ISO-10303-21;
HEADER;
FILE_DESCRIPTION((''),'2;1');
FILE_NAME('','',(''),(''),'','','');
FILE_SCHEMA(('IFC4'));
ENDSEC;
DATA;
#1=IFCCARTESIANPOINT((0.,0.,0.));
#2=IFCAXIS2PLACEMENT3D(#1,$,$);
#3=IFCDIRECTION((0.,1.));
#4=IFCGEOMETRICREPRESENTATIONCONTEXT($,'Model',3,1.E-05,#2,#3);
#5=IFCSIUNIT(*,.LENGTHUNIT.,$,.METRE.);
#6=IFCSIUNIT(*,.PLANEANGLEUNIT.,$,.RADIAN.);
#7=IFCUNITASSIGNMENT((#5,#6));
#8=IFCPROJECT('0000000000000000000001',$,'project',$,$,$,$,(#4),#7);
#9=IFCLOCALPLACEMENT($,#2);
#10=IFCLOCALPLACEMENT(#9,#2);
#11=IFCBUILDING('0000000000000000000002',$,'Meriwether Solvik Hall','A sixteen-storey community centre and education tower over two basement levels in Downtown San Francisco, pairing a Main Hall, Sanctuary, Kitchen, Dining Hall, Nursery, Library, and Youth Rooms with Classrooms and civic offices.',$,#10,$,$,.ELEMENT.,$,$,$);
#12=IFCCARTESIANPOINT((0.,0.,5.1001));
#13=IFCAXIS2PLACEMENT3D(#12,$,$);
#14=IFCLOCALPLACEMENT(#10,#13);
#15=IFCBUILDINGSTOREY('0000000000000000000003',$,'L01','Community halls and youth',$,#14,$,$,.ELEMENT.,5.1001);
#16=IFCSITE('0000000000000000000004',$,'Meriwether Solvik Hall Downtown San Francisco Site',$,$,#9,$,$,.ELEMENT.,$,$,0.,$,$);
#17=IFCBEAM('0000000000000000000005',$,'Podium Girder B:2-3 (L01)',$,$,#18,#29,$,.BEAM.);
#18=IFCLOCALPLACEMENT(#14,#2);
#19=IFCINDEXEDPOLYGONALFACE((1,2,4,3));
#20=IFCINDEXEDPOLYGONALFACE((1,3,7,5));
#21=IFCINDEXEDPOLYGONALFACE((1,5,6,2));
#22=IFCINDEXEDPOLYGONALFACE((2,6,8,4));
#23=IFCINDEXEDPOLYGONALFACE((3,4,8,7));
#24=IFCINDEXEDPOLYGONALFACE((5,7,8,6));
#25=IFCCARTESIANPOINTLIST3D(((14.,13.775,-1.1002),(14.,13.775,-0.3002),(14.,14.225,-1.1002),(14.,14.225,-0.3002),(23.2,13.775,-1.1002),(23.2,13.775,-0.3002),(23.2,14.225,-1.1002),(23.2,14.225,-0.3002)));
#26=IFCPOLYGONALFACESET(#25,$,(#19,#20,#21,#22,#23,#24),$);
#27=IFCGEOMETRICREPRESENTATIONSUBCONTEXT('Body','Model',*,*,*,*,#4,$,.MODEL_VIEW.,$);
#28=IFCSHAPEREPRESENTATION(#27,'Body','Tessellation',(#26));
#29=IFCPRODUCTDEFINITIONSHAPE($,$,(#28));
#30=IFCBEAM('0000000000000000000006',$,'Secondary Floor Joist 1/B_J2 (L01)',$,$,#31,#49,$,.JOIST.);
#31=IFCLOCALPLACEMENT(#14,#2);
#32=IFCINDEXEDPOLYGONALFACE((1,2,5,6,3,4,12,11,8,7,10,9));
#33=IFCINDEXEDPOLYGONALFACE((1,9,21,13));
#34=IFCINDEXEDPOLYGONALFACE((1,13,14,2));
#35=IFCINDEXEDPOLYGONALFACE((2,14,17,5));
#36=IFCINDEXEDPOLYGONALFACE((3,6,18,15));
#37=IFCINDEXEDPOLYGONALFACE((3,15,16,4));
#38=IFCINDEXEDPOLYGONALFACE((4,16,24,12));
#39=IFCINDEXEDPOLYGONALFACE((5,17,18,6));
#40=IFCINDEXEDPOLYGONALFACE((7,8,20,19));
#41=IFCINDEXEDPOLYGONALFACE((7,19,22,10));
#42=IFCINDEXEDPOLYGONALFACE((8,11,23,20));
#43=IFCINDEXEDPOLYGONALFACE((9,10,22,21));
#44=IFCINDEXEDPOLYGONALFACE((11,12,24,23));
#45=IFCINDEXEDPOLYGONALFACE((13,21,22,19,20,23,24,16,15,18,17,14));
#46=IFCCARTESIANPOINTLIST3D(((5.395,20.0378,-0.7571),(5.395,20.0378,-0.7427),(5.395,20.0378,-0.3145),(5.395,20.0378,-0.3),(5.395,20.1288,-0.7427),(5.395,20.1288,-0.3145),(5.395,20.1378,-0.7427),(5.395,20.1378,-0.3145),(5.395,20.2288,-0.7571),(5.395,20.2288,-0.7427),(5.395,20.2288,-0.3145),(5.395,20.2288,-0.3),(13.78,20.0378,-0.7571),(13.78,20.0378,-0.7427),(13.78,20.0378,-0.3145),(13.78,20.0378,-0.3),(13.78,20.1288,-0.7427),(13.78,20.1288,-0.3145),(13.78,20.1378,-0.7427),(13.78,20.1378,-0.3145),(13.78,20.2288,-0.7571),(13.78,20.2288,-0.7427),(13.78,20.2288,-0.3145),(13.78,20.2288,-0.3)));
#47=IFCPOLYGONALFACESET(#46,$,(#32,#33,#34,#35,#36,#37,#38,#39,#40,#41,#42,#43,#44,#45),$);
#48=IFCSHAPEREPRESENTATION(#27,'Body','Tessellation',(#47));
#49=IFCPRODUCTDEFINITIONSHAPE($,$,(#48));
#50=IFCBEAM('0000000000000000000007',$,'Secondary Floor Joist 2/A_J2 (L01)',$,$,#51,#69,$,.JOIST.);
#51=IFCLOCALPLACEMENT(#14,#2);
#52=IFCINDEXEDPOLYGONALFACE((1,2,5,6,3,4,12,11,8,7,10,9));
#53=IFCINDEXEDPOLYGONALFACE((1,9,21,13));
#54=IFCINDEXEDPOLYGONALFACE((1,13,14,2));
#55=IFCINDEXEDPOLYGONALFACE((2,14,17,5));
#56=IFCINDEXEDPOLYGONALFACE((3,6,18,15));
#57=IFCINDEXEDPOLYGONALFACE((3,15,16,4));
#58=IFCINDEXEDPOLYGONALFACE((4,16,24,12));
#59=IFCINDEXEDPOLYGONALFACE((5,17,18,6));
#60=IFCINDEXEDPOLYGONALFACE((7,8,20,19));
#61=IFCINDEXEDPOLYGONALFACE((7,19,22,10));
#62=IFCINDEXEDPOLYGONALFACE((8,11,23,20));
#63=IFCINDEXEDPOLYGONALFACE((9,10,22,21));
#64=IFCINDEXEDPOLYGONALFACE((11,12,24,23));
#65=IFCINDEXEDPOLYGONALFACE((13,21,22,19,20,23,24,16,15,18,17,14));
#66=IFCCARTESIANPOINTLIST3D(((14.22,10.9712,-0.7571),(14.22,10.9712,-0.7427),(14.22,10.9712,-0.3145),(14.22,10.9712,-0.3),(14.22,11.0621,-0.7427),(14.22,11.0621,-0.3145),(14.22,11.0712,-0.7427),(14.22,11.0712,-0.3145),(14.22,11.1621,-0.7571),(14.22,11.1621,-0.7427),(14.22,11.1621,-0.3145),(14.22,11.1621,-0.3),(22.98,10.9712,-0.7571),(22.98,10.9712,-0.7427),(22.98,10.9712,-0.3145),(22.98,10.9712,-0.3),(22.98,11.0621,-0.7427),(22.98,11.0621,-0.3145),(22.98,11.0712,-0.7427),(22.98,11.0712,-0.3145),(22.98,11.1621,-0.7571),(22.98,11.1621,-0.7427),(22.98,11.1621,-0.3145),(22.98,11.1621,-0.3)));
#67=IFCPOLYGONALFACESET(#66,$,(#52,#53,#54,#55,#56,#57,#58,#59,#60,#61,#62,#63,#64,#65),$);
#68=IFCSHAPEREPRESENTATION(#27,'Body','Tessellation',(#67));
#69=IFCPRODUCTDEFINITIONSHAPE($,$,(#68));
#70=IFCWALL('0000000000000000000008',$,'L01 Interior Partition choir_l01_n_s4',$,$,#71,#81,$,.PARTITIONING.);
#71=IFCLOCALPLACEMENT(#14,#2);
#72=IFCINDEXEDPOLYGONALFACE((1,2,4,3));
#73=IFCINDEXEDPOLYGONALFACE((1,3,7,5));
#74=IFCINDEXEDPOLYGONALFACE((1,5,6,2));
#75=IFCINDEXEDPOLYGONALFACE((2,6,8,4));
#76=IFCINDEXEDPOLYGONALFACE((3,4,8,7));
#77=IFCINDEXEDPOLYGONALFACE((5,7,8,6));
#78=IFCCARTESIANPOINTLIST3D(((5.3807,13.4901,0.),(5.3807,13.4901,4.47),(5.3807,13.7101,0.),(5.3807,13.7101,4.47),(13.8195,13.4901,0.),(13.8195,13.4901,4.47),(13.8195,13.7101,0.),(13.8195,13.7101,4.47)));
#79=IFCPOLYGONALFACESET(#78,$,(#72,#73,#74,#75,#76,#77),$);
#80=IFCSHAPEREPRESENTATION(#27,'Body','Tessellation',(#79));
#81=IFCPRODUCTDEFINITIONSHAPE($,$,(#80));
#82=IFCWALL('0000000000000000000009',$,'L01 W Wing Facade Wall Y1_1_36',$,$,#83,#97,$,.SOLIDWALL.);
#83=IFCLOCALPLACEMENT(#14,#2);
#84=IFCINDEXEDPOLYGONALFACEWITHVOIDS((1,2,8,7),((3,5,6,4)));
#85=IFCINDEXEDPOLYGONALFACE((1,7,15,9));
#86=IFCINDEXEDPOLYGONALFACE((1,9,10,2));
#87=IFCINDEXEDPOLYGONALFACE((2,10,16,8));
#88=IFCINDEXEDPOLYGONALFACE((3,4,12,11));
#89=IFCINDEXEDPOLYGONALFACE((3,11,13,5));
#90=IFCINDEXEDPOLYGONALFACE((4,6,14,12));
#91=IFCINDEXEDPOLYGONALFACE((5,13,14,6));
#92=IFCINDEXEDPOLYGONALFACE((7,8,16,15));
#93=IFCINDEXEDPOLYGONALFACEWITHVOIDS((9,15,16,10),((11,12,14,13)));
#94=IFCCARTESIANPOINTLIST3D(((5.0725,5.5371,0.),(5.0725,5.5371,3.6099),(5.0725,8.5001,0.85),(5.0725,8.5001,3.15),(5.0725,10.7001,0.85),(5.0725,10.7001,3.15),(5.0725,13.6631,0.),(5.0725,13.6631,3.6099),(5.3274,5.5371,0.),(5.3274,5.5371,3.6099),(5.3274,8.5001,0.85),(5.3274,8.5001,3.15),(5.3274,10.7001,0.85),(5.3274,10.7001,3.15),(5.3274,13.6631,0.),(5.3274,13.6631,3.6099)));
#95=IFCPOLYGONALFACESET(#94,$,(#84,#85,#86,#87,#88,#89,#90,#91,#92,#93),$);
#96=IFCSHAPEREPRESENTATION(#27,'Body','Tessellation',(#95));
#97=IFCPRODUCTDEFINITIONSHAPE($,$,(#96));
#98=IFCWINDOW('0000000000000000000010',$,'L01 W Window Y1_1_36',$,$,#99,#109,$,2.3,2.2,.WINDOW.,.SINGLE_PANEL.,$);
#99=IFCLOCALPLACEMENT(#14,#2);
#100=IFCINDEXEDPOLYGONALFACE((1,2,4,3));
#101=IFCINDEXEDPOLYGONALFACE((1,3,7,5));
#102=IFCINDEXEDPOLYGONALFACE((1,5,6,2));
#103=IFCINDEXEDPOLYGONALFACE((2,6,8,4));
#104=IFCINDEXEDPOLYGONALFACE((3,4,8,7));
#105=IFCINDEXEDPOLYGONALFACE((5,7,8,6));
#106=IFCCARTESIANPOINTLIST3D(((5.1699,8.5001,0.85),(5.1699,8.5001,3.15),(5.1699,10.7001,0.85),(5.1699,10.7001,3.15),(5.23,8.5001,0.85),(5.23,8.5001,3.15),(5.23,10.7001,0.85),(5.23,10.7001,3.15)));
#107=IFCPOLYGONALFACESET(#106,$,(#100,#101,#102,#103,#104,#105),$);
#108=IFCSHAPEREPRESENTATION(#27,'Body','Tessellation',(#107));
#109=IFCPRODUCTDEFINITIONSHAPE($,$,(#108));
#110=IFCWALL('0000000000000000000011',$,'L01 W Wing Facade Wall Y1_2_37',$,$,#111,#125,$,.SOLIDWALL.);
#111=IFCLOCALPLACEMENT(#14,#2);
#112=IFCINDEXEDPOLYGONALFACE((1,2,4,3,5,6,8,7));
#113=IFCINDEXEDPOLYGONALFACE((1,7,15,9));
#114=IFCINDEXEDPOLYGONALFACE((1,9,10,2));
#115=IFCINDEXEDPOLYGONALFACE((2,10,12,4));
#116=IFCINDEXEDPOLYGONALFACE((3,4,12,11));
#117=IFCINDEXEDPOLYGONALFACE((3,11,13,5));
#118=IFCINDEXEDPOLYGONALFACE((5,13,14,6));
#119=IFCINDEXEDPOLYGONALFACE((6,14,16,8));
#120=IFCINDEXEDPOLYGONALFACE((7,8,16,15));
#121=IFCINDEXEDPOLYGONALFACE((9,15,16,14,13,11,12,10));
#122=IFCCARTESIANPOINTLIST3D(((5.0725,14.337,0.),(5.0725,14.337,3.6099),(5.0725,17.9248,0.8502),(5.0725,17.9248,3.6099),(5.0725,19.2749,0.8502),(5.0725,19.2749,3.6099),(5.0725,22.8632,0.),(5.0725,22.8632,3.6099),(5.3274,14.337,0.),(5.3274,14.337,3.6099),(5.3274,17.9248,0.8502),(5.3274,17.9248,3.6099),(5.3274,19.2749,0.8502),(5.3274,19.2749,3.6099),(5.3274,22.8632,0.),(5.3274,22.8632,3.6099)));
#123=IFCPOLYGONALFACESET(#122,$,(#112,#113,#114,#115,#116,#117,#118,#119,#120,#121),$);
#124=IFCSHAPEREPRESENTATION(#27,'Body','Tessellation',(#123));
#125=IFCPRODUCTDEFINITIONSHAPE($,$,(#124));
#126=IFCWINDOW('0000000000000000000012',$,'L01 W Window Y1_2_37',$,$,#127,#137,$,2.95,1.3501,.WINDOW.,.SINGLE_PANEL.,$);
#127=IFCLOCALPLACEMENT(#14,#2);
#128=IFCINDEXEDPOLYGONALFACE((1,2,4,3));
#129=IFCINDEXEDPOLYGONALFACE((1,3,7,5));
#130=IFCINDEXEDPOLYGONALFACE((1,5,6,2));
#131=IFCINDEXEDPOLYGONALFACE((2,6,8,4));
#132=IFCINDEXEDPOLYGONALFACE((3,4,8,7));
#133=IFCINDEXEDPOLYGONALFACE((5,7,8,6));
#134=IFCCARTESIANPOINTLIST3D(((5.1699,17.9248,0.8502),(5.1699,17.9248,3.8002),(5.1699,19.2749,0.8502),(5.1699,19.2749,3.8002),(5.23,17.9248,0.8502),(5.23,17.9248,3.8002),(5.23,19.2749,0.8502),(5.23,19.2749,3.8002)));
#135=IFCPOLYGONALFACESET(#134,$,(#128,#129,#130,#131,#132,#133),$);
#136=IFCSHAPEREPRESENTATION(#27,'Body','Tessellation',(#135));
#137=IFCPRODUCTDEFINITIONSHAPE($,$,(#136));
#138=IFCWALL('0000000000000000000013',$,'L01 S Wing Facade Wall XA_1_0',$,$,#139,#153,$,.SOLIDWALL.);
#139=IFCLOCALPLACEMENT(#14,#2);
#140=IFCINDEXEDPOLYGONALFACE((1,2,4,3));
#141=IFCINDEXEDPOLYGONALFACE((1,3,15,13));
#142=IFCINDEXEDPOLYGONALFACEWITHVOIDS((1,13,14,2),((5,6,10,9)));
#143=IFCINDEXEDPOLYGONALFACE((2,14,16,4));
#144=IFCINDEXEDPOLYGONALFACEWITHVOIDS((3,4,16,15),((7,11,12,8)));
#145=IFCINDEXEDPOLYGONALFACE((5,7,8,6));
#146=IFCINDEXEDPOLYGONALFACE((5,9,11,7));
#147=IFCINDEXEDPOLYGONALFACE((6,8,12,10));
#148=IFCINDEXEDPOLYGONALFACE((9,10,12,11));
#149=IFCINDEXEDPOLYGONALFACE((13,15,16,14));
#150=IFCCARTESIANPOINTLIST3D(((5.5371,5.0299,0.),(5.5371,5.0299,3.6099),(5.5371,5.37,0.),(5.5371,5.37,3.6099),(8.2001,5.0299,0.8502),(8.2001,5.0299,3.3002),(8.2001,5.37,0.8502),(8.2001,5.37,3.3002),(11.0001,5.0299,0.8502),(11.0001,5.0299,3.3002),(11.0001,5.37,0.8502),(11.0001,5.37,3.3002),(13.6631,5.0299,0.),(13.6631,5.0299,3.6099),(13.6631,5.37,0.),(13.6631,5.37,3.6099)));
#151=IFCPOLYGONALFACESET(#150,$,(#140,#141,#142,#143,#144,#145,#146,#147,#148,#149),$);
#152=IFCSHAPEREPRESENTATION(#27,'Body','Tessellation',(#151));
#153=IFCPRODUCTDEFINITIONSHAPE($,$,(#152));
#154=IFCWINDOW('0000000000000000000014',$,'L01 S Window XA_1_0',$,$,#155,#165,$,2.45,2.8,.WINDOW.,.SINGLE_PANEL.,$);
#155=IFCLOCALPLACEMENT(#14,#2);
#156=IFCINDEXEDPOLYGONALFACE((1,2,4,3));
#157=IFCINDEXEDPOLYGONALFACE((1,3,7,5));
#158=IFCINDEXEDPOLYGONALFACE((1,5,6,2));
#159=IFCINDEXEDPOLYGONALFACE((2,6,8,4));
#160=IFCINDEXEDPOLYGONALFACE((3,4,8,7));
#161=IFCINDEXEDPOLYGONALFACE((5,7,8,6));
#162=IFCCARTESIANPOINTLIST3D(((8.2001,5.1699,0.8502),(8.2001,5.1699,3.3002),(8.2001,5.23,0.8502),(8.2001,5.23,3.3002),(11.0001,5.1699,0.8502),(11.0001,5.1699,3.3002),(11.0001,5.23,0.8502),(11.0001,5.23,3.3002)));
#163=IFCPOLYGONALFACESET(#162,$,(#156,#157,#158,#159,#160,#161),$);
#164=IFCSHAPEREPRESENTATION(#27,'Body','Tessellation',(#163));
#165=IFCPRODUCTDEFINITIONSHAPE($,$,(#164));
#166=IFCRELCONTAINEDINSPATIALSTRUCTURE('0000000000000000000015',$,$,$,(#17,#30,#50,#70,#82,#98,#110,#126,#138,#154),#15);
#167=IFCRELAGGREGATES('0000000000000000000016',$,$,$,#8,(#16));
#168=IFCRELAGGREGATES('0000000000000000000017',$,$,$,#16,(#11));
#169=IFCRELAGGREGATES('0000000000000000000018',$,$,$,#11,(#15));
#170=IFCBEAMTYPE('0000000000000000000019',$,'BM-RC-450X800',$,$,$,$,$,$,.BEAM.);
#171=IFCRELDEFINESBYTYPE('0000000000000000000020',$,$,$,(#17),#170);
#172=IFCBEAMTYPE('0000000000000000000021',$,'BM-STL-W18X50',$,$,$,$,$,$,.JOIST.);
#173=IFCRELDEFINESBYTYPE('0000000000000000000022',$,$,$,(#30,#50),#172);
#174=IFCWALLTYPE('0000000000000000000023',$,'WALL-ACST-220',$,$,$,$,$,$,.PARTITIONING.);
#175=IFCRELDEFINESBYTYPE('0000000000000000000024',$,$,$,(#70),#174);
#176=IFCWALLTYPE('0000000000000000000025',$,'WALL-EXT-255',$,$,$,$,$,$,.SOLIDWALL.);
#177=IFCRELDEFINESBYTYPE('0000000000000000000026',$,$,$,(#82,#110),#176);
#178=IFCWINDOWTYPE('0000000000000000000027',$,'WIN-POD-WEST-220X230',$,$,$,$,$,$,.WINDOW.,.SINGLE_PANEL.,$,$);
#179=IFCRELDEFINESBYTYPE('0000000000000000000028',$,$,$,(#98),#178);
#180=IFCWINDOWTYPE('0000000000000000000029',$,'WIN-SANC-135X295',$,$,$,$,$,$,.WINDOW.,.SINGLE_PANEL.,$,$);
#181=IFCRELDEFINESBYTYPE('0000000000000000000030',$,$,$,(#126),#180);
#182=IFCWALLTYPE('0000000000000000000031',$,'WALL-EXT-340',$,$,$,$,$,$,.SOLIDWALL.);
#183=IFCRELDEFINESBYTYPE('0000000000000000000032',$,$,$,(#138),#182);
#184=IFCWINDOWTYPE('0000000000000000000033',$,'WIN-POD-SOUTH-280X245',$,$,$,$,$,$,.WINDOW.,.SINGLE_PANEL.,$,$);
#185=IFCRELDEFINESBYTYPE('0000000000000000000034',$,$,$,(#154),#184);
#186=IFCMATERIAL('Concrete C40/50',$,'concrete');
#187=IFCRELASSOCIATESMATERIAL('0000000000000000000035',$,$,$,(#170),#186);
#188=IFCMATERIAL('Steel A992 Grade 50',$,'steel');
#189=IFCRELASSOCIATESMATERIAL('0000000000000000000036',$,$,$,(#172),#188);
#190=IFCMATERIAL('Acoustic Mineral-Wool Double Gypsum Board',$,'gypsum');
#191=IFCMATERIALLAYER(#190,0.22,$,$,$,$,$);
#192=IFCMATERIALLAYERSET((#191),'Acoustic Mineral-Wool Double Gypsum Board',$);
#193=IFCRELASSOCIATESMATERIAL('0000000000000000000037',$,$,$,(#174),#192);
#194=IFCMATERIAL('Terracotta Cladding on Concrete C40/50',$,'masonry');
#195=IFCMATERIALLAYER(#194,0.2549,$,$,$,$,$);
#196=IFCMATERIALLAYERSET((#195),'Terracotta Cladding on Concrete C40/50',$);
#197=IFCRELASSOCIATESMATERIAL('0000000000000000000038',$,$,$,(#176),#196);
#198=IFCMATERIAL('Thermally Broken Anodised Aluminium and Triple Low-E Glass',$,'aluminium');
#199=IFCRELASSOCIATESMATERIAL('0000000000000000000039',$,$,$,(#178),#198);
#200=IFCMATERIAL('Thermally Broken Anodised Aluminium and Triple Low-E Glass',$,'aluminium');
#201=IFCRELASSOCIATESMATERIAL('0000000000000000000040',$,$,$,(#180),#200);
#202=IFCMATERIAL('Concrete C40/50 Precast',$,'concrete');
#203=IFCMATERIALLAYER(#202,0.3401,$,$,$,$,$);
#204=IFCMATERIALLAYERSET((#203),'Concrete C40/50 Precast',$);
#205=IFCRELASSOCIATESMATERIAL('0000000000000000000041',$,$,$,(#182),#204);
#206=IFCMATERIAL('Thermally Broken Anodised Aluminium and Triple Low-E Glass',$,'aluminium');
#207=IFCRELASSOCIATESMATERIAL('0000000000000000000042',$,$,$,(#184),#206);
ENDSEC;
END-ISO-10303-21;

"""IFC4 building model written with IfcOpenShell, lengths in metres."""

from ifc_helpers import new_model, si_unit, direction, frame, frame_2d, origin, origin_2d, place, context, subcontext, project, spatial, rectangle, i_section, extrude, material, layer, layer_set, material_profile, profile_set, type_object, element, fill, save


model = new_model("IFC4")

# Units and contexts
model_context = context("Model", 3, precision=1e-05, world=origin(), true_north=direction((0.0, 1.0)))
body_context = subcontext(model_context, "Body", "Model", "MODEL_VIEW")
ifc_project = project(units=[si_unit("LENGTHUNIT", "METRE"), si_unit("PLANEANGLEUNIT", "RADIAN")], contexts=[model_context])

# Site, building, storey
site_placement = place(None, origin())
site = spatial("IfcSite", under=ifc_project, at=site_placement, Name="Meriwether Solvik Hall Downtown San Francisco Site", CompositionType="ELEMENT", RefElevation=0.0)
building_placement = place(site_placement, origin())
building = spatial("IfcBuilding", under=site, at=building_placement, Name="Meriwether Solvik Hall", Description="A sixteen-storey community centre and education tower over two basement levels in Downtown San Francisco, pairing a Main Hall, Sanctuary, Kitchen, Dining Hall, Nursery, Library, and Youth Rooms with Classrooms and civic offices.", CompositionType="ELEMENT")
storey_placement = place(building_placement, frame((0.0, 0.0, 5.1001)))
storey = spatial("IfcBuildingStorey", under=building, at=storey_placement, Name="L01", Description="Community halls and youth", CompositionType="ELEMENT", Elevation=5.1001)

# Beams
ifc_material_1 = material(Name="Concrete C40/50", Category="concrete")
ifc_material_profile_1 = material_profile(ifc_material_1, rectangle(XDim=0.45, YDim=0.8, at=origin_2d()), Name="RCB-450X800")
ifc_profile_set_1 = profile_set([ifc_material_profile_1], Name="Concrete C40/50")
beam_type_1 = type_object("IfcBeamType", Name="BM-RC-450X800", PredefinedType="BEAM", material=ifc_profile_set_1)
beam_1_placement = place(storey_placement, frame((14.0, 14.0, -0.7002), z_axis=(1.0, 0.0, 0.0), x_axis=(0.0, 1.0, 0.0)))
element("IfcBeam", 1, at=beam_1_placement, inside=storey, type_object=beam_type_1, Name="Podium Girder B:2-3 (L01)", PredefinedType="BEAM", context=body_context, shape_type="SweptSolid", body=[
    extrude(rectangle(XDim=0.45, YDim=0.8, at=origin_2d()), origin(), (0.0, 0.0, 1.0), 9.2),
])
ifc_material_2 = material(Name="Steel A992 Grade 50", Category="steel")
ifc_material_profile_2 = material_profile(ifc_material_2, i_section(OverallWidth=0.1909, OverallDepth=0.457, WebThickness=0.009, FlangeThickness=0.0144, at=origin_2d()), Name="W18X50")
ifc_profile_set_2 = profile_set([ifc_material_profile_2], Name="Steel A992 Grade 50")
beam_type_2 = type_object("IfcBeamType", Name="BM-STL-W18X50", PredefinedType="JOIST", material=ifc_profile_set_2)
beam_2_placement = place(storey_placement, frame((5.395, 20.1333, -0.5286), z_axis=(1.0, 0.0, 0.0), x_axis=(0.0, 1.0, 0.0)))
element("IfcBeam", 2, at=beam_2_placement, inside=storey, type_object=beam_type_2, Name="Secondary Floor Joist 1/B_J2 (L01)", PredefinedType="JOIST", context=body_context, shape_type="SweptSolid", body=[
    extrude(i_section(OverallWidth=0.1909, OverallDepth=0.457, WebThickness=0.009, FlangeThickness=0.0144, at=origin_2d()), origin(), (0.0, 0.0, 1.0), 8.385),
])
beam_3_placement = place(storey_placement, frame((14.22, 11.0667, -0.5286), z_axis=(1.0, 0.0, 0.0), x_axis=(0.0, 1.0, 0.0)))
element("IfcBeam", 3, at=beam_3_placement, inside=storey, type_object=beam_type_2, Name="Secondary Floor Joist 2/A_J2 (L01)", PredefinedType="JOIST", context=body_context, shape_type="SweptSolid", body=[
    extrude(i_section(OverallWidth=0.1909, OverallDepth=0.457, WebThickness=0.009, FlangeThickness=0.0144, at=origin_2d()), origin(), (0.0, 0.0, 1.0), 8.76),
])

# Wall
ifc_material_3 = material(Name="Acoustic Mineral-Wool Double Gypsum Board", Category="gypsum")
ifc_layer_1 = layer(ifc_material_3, 0.22)
ifc_layer_set_1 = layer_set([ifc_layer_1], Name="Acoustic Mineral-Wool Double Gypsum Board")
wall_type_1 = type_object("IfcWallType", Name="WALL-ACST-220", PredefinedType="PARTITIONING", material=ifc_layer_set_1)
wall_1_placement = place(storey_placement, frame((13.8193, 13.6001, 0.0), z_axis=(0.0, 0.0, 1.0), x_axis=(-1.0, 0.0, 0.0)))
element("IfcWall", 4, at=wall_1_placement, inside=storey, type_object=wall_type_1, Name="L01 Interior Partition choir_l01_n_s4", PredefinedType="PARTITIONING", context=body_context, shape_type="SweptSolid", body=[
    extrude(rectangle(XDim=8.4387, YDim=0.22, at=frame_2d((4.2192, 0.0))), origin(), (0.0, 0.0, 1.0), 4.47),
])

# Walls, openings, windows
ifc_material_4 = material(Name="Terracotta Cladding on Concrete C40/50", Category="masonry")
ifc_layer_2 = layer(ifc_material_4, 0.2549)
ifc_layer_set_2 = layer_set([ifc_layer_2], Name="Terracotta Cladding on Concrete C40/50")
wall_type_2 = type_object("IfcWallType", Name="WALL-EXT-255", PredefinedType="SOLIDWALL", material=ifc_layer_set_2)
wall_2_placement = place(storey_placement, frame((5.2, 5.5371, 0.0), z_axis=(0.0, 0.0, 1.0), x_axis=(0.0, 1.0, 0.0)))
wall_2 = element("IfcWall", 5, at=wall_2_placement, inside=storey, type_object=wall_type_2, Name="L01 W Wing Facade Wall Y1_1_36", PredefinedType="SOLIDWALL", context=body_context, shape_type="SweptSolid", body=[
    extrude(rectangle(XDim=8.126, YDim=0.2549, at=frame_2d((4.063, 0.0))), origin(), (0.0, 0.0, 1.0), 3.6099),
])
opening_1_placement = place(wall_2_placement, frame((2.9629, 0.0, 0.8501)))
opening_1 = element("IfcOpeningElement", 6, at=opening_1_placement, cuts=wall_2, PredefinedType="OPENING", context=body_context, shape_type="SweptSolid", body=[
    extrude(rectangle(XDim=2.2, YDim=2.3, at=frame_2d((1.1001, 1.1499))), frame((0.0, 0.1394, 0.0), z_axis=(0.0, -1.0, 0.0), x_axis=(1.0, 0.0, 0.0)), (0.0, 0.0, 1.0), 0.2788),
])
ifc_material_5 = material(Name="Thermally Broken Anodised Aluminium and Triple Low-E Glass", Category="aluminium")
window_type_1 = type_object("IfcWindowType", Name="WIN-POD-WEST-220X230", PartitioningType="SINGLE_PANEL", PredefinedType="WINDOW", material=ifc_material_5)
window_1_placement = place(opening_1_placement, origin())
window_1 = element("IfcWindow", 7, at=window_1_placement, inside=storey, type_object=window_type_1, Name="L01 W Window Y1_1_36", OverallHeight=2.3, OverallWidth=2.2, PartitioningType="SINGLE_PANEL", PredefinedType="WINDOW", context=body_context, shape_type="SweptSolid", body=[
    extrude(rectangle(XDim=2.2, YDim=2.3, at=frame_2d((1.1001, 1.1499))), frame((0.0, 0.03, 0.0), z_axis=(0.0, -1.0, 0.0), x_axis=(1.0, 0.0, 0.0)), (0.0, 0.0, 1.0), 0.0601),
])
fill(opening_1, window_1)
wall_3_placement = place(storey_placement, frame((5.2, 14.3369, 0.0), z_axis=(0.0, 0.0, 1.0), x_axis=(0.0, 1.0, 0.0)))
wall_3 = element("IfcWall", 8, at=wall_3_placement, inside=storey, type_object=wall_type_2, Name="L01 W Wing Facade Wall Y1_2_37", PredefinedType="SOLIDWALL", context=body_context, shape_type="SweptSolid", body=[
    extrude(rectangle(XDim=8.5261, YDim=0.2549, at=frame_2d((4.2632, 0.0))), origin(), (0.0, 0.0, 1.0), 3.6099),
])
opening_2_placement = place(wall_3_placement, frame((3.5879, 0.0, 0.8501)))
opening_2 = element("IfcOpeningElement", 9, at=opening_2_placement, cuts=wall_3, PredefinedType="OPENING", context=body_context, shape_type="SweptSolid", body=[
    extrude(rectangle(XDim=1.3501, YDim=2.95, at=frame_2d((0.675, 1.4751))), frame((0.0, 0.1394, 0.0), z_axis=(0.0, -1.0, 0.0), x_axis=(1.0, 0.0, 0.0)), (0.0, 0.0, 1.0), 0.2788),
])
ifc_material_6 = material(Name="Thermally Broken Anodised Aluminium and Triple Low-E Glass", Category="aluminium")
window_type_2 = type_object("IfcWindowType", Name="WIN-SANC-135X295", PartitioningType="SINGLE_PANEL", PredefinedType="WINDOW", material=ifc_material_6)
window_2_placement = place(opening_2_placement, origin())
window_2 = element("IfcWindow", 10, at=window_2_placement, inside=storey, type_object=window_type_2, Name="L01 W Window Y1_2_37", OverallHeight=2.95, OverallWidth=1.3501, PartitioningType="SINGLE_PANEL", PredefinedType="WINDOW", context=body_context, shape_type="SweptSolid", body=[
    extrude(rectangle(XDim=1.3501, YDim=2.95, at=frame_2d((0.675, 1.4751))), frame((0.0, 0.03, 0.0), z_axis=(0.0, -1.0, 0.0), x_axis=(1.0, 0.0, 0.0)), (0.0, 0.0, 1.0), 0.0601),
])
fill(opening_2, window_2)
ifc_material_7 = material(Name="Concrete C40/50 Precast", Category="concrete")
ifc_layer_3 = layer(ifc_material_7, 0.3401)
ifc_layer_set_3 = layer_set([ifc_layer_3], Name="Concrete C40/50 Precast")
wall_type_3 = type_object("IfcWallType", Name="WALL-EXT-340", PredefinedType="SOLIDWALL", material=ifc_layer_set_3)
wall_4_placement = place(storey_placement, frame((13.6631, 5.2, 0.0), z_axis=(0.0, 0.0, 1.0), x_axis=(-1.0, 0.0, 0.0)))
wall_4 = element("IfcWall", 11, at=wall_4_placement, inside=storey, type_object=wall_type_3, Name="L01 S Wing Facade Wall XA_1_0", PredefinedType="SOLIDWALL", context=body_context, shape_type="SweptSolid", body=[
    extrude(rectangle(XDim=8.126, YDim=0.3401, at=frame_2d((4.063, 0.0))), origin(), (0.0, 0.0, 1.0), 3.6099),
])
opening_3_placement = place(wall_4_placement, frame((2.6631, 0.0, 0.8501)))
opening_3 = element("IfcOpeningElement", 12, at=opening_3_placement, cuts=wall_4, PredefinedType="OPENING", context=body_context, shape_type="SweptSolid", body=[
    extrude(rectangle(XDim=2.8, YDim=2.45, at=frame_2d((1.3999, 1.2251))), frame((0.0, 0.1821, 0.0), z_axis=(0.0, -1.0, 0.0), x_axis=(1.0, 0.0, 0.0)), (0.0, 0.0, 1.0), 0.364),
])
ifc_material_8 = material(Name="Thermally Broken Anodised Aluminium and Triple Low-E Glass", Category="aluminium")
window_type_3 = type_object("IfcWindowType", Name="WIN-POD-SOUTH-280X245", PartitioningType="SINGLE_PANEL", PredefinedType="WINDOW", material=ifc_material_8)
window_3_placement = place(opening_3_placement, origin())
window_3 = element("IfcWindow", 13, at=window_3_placement, inside=storey, type_object=window_type_3, Name="L01 S Window XA_1_0", OverallHeight=2.45, OverallWidth=2.8, PartitioningType="SINGLE_PANEL", PredefinedType="WINDOW", context=body_context, shape_type="SweptSolid", body=[
    extrude(rectangle(XDim=2.8, YDim=2.45, at=frame_2d((1.3999, 1.2251))), frame((0.0, 0.03, 0.0), z_axis=(0.0, -1.0, 0.0), x_axis=(1.0, 0.0, 0.0)), (0.0, 0.0, 1.0), 0.0601),
])
fill(opening_3, window_3)

save(model, "model.ifc")
